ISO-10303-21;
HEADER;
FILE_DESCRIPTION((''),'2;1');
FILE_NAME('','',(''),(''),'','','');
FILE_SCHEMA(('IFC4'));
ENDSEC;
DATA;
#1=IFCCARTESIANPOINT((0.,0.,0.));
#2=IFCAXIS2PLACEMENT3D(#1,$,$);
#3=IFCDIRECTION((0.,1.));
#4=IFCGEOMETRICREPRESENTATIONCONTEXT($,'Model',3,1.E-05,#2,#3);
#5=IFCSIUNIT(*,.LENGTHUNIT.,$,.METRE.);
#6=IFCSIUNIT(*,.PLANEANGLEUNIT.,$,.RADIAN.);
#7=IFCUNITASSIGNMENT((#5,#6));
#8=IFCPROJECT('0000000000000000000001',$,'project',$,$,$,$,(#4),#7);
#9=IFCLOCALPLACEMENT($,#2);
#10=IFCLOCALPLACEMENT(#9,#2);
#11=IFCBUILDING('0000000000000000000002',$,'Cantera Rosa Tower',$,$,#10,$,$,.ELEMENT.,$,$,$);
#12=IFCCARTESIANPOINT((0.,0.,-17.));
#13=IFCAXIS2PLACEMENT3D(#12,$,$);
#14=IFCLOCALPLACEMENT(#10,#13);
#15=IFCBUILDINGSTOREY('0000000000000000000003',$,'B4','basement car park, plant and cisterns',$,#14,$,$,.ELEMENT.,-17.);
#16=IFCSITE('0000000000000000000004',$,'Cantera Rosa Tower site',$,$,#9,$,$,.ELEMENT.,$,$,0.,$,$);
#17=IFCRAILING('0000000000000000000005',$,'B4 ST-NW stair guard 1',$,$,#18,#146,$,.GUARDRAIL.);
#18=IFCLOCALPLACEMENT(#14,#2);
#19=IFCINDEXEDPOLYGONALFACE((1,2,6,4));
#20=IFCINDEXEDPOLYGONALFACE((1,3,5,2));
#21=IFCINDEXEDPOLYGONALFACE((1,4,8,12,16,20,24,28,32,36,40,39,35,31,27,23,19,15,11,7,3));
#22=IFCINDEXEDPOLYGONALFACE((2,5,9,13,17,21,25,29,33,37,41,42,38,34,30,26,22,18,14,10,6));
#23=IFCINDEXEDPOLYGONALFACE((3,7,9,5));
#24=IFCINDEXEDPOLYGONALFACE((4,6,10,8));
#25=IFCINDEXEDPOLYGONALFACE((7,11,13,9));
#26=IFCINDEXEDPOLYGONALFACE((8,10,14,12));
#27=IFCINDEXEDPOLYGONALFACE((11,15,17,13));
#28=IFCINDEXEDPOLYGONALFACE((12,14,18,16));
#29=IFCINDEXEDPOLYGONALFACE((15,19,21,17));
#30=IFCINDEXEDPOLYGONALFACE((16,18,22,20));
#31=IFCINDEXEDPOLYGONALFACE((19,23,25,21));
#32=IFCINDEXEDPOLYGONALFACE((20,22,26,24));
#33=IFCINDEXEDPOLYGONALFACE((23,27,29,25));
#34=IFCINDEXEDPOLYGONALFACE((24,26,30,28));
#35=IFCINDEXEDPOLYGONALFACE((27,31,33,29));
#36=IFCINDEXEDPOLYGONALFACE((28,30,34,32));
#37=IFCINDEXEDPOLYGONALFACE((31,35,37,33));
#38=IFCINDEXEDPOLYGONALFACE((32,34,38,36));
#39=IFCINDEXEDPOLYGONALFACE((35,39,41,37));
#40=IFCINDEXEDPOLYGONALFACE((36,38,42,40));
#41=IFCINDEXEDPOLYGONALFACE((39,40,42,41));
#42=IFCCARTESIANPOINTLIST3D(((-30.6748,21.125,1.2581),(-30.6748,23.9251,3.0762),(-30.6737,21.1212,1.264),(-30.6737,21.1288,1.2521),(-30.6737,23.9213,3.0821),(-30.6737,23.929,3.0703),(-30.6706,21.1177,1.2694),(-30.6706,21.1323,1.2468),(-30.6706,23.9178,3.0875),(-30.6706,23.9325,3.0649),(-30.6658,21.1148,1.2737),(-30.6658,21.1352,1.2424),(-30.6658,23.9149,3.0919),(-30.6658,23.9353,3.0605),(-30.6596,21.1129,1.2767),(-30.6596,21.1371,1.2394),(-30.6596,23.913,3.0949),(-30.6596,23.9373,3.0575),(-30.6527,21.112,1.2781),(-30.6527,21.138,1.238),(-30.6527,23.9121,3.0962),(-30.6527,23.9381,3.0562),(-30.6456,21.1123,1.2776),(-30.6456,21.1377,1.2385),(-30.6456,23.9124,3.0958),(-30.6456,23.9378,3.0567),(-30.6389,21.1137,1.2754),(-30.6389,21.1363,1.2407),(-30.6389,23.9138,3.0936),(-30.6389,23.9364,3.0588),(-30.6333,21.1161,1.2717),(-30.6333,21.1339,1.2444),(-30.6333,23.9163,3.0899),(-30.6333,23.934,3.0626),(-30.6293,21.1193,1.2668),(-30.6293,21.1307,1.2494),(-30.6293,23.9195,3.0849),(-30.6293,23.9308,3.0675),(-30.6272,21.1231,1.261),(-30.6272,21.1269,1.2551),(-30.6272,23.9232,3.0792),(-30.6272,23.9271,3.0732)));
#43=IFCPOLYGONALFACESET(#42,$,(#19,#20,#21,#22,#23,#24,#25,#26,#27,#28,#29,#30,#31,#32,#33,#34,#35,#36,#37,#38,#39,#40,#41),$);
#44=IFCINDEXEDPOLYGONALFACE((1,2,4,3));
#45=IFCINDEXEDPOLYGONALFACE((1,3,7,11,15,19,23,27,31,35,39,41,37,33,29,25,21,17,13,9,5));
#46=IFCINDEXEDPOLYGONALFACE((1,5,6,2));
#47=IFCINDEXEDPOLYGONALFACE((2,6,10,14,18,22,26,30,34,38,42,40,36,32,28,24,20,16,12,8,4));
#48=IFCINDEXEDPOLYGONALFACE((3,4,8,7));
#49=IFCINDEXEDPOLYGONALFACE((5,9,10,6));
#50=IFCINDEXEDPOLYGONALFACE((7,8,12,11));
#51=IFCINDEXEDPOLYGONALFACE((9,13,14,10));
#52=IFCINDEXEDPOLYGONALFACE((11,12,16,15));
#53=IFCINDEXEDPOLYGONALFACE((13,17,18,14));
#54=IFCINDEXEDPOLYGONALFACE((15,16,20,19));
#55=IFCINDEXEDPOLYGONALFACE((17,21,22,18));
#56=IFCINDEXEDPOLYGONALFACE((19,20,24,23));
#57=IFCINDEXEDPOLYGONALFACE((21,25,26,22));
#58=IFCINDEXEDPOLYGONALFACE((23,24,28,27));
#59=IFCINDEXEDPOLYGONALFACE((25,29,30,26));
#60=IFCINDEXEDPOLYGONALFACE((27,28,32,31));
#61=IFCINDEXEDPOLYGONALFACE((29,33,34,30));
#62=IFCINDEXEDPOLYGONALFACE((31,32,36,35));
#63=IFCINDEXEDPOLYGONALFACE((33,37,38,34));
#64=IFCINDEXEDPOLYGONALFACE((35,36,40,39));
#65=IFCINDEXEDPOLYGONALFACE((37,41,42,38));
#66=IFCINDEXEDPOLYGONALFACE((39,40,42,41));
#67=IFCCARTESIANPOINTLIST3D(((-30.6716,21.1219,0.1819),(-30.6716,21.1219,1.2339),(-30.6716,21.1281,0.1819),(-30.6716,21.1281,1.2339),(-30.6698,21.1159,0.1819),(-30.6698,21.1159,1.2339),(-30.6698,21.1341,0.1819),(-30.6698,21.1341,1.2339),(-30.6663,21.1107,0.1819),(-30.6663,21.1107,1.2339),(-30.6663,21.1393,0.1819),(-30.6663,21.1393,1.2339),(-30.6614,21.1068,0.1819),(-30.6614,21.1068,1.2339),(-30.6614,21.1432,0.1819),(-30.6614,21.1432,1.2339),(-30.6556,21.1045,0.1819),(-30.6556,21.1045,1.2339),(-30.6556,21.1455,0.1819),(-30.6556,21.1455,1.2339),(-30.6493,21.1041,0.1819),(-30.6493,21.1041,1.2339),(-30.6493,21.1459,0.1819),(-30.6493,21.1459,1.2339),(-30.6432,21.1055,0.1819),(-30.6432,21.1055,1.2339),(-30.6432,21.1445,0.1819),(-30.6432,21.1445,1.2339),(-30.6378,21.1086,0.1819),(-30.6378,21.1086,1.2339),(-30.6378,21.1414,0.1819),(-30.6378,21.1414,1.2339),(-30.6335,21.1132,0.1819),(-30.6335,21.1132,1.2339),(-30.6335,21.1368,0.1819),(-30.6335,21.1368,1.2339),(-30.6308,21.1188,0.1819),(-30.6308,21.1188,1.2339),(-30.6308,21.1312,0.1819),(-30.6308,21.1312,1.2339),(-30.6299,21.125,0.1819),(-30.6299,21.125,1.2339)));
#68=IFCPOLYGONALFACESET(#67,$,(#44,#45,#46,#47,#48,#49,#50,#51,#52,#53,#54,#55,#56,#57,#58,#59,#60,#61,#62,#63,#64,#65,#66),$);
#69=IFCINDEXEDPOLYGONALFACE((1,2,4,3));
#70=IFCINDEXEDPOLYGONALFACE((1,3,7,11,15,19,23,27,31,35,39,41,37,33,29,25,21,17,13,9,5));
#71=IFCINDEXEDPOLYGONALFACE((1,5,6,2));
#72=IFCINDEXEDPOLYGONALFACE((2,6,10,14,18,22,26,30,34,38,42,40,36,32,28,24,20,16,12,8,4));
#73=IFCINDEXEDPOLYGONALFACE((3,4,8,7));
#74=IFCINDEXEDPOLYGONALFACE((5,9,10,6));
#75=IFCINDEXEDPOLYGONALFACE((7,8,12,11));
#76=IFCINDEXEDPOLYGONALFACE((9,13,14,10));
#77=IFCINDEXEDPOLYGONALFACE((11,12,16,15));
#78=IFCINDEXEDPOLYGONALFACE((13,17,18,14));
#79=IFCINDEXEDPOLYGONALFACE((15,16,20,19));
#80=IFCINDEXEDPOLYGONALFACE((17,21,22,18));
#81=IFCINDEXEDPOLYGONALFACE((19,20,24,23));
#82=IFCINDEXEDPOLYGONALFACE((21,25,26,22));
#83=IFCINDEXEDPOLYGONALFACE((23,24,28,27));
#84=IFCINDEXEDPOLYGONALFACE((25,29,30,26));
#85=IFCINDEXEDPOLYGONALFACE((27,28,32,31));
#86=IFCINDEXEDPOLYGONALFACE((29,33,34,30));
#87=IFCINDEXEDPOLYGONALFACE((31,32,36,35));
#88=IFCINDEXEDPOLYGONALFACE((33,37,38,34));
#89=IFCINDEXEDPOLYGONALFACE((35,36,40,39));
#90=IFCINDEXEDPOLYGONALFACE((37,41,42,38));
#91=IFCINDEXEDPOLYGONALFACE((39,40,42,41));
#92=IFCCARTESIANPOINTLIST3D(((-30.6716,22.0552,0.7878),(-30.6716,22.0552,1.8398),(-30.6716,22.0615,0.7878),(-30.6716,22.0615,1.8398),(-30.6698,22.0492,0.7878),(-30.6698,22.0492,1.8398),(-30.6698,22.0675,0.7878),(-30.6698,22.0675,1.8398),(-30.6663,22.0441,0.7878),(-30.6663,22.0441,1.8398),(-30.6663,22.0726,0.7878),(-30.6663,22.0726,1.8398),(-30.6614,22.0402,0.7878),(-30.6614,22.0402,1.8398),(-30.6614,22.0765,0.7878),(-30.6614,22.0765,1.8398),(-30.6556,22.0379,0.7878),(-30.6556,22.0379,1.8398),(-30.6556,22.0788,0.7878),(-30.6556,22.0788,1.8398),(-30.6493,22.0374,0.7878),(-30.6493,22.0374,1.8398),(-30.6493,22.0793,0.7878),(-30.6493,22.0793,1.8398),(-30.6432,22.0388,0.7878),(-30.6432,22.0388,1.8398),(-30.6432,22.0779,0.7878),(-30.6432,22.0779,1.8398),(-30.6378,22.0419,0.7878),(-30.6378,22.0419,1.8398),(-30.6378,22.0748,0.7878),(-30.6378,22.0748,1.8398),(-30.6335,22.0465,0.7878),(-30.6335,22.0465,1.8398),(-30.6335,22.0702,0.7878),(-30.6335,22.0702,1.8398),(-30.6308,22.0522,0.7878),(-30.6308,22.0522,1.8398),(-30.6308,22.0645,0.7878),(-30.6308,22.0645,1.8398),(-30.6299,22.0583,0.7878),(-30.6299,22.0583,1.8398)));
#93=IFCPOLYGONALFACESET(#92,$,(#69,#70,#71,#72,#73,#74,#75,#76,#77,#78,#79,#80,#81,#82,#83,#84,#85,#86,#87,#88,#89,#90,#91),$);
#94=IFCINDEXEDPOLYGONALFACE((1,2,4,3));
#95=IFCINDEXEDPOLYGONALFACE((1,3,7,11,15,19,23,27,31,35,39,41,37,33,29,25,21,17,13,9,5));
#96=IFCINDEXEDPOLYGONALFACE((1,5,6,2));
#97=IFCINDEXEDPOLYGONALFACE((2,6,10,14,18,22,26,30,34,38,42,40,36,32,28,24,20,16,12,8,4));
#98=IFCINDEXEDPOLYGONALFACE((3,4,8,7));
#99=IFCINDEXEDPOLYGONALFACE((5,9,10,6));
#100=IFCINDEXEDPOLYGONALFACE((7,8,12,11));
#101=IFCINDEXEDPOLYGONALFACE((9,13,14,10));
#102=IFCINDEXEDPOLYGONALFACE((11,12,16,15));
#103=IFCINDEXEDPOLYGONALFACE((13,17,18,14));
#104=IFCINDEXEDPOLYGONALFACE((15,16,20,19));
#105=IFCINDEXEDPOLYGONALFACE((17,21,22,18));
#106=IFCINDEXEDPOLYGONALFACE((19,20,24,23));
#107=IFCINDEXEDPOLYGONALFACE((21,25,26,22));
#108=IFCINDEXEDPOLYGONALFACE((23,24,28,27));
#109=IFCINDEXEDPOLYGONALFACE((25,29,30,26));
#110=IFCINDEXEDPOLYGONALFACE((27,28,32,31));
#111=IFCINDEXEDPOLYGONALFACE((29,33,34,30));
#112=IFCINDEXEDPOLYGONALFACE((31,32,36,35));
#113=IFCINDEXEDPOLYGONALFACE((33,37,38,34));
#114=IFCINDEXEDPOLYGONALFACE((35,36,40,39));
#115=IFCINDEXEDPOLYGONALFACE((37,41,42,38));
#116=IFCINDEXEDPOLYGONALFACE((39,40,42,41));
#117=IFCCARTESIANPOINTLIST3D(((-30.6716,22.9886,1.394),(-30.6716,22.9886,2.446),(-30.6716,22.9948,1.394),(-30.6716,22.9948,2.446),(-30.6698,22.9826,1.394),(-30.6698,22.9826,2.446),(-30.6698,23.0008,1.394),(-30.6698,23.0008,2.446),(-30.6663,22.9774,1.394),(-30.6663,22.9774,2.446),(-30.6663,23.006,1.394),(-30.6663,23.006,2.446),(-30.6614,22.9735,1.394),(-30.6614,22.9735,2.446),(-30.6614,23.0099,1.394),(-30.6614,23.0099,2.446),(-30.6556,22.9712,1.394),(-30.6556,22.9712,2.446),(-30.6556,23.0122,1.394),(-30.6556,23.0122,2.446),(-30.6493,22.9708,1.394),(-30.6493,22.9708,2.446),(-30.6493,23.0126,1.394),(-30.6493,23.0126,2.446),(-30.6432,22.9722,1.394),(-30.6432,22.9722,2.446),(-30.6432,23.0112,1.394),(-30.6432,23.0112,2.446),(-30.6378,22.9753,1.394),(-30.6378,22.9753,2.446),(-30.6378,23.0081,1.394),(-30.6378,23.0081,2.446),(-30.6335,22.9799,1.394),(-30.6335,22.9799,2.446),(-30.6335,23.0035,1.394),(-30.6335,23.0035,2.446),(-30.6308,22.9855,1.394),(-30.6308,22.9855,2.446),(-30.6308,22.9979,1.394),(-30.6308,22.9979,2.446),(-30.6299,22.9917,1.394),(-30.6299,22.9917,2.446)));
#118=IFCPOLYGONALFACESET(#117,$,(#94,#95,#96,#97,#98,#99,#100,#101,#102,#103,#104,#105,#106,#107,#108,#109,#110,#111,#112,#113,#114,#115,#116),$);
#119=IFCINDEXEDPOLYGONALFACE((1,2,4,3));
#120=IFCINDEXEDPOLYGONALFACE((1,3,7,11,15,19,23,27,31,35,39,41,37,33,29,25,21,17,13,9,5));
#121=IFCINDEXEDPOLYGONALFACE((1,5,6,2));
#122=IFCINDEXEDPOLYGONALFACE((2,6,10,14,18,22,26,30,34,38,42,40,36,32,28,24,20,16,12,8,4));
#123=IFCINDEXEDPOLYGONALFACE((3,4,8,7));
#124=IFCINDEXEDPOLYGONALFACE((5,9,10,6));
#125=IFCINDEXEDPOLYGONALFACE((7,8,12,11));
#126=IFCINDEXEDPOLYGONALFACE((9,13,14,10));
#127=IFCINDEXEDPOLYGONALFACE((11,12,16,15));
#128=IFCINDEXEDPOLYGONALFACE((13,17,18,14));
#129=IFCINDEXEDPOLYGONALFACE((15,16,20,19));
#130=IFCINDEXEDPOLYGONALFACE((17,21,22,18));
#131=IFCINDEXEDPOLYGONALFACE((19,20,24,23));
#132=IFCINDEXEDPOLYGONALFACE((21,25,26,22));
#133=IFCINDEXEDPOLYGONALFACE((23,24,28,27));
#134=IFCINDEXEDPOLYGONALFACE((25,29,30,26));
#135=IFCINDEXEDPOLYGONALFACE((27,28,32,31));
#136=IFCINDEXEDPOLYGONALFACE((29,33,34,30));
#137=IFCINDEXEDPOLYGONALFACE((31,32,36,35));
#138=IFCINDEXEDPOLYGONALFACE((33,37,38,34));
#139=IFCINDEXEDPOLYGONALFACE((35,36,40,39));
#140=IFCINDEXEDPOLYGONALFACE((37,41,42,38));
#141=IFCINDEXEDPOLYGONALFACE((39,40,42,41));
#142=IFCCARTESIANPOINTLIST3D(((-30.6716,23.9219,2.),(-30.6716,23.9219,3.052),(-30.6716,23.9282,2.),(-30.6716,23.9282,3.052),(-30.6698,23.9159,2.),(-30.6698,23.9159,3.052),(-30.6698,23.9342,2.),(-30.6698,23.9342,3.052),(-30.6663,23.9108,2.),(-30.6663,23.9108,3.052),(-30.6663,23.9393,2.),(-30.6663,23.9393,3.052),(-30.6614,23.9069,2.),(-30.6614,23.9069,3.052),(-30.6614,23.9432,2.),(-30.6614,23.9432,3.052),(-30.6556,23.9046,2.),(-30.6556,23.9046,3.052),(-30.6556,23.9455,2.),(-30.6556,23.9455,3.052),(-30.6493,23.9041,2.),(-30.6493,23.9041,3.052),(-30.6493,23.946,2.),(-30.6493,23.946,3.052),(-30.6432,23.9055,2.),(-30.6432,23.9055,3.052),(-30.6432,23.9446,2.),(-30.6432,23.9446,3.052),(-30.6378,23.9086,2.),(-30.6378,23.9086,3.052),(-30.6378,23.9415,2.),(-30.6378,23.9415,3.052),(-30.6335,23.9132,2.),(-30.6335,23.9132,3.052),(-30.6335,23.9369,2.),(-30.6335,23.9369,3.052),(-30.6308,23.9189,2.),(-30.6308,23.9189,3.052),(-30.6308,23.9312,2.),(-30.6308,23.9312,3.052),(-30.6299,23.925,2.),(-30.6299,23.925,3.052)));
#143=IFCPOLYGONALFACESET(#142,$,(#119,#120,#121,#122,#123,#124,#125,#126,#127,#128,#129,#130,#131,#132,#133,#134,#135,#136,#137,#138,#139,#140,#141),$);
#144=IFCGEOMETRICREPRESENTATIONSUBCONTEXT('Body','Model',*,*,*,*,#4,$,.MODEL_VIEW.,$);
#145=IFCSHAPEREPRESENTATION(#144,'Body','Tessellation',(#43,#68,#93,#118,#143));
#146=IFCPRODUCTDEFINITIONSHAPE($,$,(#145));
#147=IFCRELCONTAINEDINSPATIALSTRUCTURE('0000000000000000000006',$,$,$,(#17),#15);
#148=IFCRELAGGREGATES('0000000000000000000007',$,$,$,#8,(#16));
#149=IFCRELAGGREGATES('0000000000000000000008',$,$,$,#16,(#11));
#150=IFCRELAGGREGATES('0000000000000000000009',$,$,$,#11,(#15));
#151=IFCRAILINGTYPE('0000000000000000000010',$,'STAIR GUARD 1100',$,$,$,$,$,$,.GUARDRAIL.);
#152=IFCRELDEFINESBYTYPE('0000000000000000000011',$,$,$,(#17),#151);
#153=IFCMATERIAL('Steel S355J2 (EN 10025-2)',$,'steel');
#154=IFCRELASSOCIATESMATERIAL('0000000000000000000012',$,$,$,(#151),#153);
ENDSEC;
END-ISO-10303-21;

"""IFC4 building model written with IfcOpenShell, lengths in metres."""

from ifc_helpers import new_model, si_unit, direction, frame, origin, origin_2d, place, context, subcontext, project, spatial, circle, extrude, material, type_object, element, save


model = new_model("IFC4")

# Units and contexts
model_context = context("Model", 3, precision=1e-05, world=origin(), true_north=direction((0.0, 1.0)))
body_context = subcontext(model_context, "Body", "Model", "MODEL_VIEW")
ifc_project = project(units=[si_unit("LENGTHUNIT", "METRE"), si_unit("PLANEANGLEUNIT", "RADIAN")], contexts=[model_context])

# Site, building, storey
site_placement = place(None, origin())
site = spatial("IfcSite", under=ifc_project, at=site_placement, Name="Cantera Rosa Tower site", CompositionType="ELEMENT", RefElevation=0.0)
building_placement = place(site_placement, origin())
building = spatial("IfcBuilding", under=site, at=building_placement, Name="Cantera Rosa Tower", CompositionType="ELEMENT")
storey_placement = place(building_placement, frame((0.0, 0.0, -17.0)))
storey = spatial("IfcBuildingStorey", under=building, at=storey_placement, Name="B4", Description="basement car park, plant and cisterns", CompositionType="ELEMENT", Elevation=-17.0)

# Railing
ifc_material_1 = material(Name="Steel S355J2 (EN 10025-2)", Category="steel")
railing_type_1 = type_object("IfcRailingType", Name="STAIR GUARD 1100", PredefinedType="GUARDRAIL", material=ifc_material_1)
railing_1_placement = place(storey_placement, frame((-30.6509, 21.125, 0.1819)))
element("IfcRailing", 1, at=railing_1_placement, inside=storey, type_object=railing_type_1, Name="B4 ST-NW stair guard 1", PredefinedType="GUARDRAIL", context=body_context, shape_type="SweptSolid", body=[
    extrude(circle(Radius=0.0239, at=origin_2d()), frame((0.0, 0.0, 1.0762), z_axis=(0.0, 0.838706, 0.544585), x_axis=(-1.0, 0.0, 0.0)), (0.0, 0.0, 1.0), 3.3386),
    extrude(circle(Radius=0.021, at=origin_2d()), origin(), (0.0, 0.0, 1.0), 1.052),
    extrude(circle(Radius=0.021, at=origin_2d()), frame((0.0, 0.9333, 0.606)), (0.0, 0.0, 1.0), 1.052),
    extrude(circle(Radius=0.021, at=origin_2d()), frame((0.0, 1.8667, 1.2122)), (0.0, 0.0, 1.0), 1.052),
    extrude(circle(Radius=0.021, at=origin_2d()), frame((0.0, 2.8, 1.8181)), (0.0, 0.0, 1.0), 1.052),
])

save(model, "model.ifc")
